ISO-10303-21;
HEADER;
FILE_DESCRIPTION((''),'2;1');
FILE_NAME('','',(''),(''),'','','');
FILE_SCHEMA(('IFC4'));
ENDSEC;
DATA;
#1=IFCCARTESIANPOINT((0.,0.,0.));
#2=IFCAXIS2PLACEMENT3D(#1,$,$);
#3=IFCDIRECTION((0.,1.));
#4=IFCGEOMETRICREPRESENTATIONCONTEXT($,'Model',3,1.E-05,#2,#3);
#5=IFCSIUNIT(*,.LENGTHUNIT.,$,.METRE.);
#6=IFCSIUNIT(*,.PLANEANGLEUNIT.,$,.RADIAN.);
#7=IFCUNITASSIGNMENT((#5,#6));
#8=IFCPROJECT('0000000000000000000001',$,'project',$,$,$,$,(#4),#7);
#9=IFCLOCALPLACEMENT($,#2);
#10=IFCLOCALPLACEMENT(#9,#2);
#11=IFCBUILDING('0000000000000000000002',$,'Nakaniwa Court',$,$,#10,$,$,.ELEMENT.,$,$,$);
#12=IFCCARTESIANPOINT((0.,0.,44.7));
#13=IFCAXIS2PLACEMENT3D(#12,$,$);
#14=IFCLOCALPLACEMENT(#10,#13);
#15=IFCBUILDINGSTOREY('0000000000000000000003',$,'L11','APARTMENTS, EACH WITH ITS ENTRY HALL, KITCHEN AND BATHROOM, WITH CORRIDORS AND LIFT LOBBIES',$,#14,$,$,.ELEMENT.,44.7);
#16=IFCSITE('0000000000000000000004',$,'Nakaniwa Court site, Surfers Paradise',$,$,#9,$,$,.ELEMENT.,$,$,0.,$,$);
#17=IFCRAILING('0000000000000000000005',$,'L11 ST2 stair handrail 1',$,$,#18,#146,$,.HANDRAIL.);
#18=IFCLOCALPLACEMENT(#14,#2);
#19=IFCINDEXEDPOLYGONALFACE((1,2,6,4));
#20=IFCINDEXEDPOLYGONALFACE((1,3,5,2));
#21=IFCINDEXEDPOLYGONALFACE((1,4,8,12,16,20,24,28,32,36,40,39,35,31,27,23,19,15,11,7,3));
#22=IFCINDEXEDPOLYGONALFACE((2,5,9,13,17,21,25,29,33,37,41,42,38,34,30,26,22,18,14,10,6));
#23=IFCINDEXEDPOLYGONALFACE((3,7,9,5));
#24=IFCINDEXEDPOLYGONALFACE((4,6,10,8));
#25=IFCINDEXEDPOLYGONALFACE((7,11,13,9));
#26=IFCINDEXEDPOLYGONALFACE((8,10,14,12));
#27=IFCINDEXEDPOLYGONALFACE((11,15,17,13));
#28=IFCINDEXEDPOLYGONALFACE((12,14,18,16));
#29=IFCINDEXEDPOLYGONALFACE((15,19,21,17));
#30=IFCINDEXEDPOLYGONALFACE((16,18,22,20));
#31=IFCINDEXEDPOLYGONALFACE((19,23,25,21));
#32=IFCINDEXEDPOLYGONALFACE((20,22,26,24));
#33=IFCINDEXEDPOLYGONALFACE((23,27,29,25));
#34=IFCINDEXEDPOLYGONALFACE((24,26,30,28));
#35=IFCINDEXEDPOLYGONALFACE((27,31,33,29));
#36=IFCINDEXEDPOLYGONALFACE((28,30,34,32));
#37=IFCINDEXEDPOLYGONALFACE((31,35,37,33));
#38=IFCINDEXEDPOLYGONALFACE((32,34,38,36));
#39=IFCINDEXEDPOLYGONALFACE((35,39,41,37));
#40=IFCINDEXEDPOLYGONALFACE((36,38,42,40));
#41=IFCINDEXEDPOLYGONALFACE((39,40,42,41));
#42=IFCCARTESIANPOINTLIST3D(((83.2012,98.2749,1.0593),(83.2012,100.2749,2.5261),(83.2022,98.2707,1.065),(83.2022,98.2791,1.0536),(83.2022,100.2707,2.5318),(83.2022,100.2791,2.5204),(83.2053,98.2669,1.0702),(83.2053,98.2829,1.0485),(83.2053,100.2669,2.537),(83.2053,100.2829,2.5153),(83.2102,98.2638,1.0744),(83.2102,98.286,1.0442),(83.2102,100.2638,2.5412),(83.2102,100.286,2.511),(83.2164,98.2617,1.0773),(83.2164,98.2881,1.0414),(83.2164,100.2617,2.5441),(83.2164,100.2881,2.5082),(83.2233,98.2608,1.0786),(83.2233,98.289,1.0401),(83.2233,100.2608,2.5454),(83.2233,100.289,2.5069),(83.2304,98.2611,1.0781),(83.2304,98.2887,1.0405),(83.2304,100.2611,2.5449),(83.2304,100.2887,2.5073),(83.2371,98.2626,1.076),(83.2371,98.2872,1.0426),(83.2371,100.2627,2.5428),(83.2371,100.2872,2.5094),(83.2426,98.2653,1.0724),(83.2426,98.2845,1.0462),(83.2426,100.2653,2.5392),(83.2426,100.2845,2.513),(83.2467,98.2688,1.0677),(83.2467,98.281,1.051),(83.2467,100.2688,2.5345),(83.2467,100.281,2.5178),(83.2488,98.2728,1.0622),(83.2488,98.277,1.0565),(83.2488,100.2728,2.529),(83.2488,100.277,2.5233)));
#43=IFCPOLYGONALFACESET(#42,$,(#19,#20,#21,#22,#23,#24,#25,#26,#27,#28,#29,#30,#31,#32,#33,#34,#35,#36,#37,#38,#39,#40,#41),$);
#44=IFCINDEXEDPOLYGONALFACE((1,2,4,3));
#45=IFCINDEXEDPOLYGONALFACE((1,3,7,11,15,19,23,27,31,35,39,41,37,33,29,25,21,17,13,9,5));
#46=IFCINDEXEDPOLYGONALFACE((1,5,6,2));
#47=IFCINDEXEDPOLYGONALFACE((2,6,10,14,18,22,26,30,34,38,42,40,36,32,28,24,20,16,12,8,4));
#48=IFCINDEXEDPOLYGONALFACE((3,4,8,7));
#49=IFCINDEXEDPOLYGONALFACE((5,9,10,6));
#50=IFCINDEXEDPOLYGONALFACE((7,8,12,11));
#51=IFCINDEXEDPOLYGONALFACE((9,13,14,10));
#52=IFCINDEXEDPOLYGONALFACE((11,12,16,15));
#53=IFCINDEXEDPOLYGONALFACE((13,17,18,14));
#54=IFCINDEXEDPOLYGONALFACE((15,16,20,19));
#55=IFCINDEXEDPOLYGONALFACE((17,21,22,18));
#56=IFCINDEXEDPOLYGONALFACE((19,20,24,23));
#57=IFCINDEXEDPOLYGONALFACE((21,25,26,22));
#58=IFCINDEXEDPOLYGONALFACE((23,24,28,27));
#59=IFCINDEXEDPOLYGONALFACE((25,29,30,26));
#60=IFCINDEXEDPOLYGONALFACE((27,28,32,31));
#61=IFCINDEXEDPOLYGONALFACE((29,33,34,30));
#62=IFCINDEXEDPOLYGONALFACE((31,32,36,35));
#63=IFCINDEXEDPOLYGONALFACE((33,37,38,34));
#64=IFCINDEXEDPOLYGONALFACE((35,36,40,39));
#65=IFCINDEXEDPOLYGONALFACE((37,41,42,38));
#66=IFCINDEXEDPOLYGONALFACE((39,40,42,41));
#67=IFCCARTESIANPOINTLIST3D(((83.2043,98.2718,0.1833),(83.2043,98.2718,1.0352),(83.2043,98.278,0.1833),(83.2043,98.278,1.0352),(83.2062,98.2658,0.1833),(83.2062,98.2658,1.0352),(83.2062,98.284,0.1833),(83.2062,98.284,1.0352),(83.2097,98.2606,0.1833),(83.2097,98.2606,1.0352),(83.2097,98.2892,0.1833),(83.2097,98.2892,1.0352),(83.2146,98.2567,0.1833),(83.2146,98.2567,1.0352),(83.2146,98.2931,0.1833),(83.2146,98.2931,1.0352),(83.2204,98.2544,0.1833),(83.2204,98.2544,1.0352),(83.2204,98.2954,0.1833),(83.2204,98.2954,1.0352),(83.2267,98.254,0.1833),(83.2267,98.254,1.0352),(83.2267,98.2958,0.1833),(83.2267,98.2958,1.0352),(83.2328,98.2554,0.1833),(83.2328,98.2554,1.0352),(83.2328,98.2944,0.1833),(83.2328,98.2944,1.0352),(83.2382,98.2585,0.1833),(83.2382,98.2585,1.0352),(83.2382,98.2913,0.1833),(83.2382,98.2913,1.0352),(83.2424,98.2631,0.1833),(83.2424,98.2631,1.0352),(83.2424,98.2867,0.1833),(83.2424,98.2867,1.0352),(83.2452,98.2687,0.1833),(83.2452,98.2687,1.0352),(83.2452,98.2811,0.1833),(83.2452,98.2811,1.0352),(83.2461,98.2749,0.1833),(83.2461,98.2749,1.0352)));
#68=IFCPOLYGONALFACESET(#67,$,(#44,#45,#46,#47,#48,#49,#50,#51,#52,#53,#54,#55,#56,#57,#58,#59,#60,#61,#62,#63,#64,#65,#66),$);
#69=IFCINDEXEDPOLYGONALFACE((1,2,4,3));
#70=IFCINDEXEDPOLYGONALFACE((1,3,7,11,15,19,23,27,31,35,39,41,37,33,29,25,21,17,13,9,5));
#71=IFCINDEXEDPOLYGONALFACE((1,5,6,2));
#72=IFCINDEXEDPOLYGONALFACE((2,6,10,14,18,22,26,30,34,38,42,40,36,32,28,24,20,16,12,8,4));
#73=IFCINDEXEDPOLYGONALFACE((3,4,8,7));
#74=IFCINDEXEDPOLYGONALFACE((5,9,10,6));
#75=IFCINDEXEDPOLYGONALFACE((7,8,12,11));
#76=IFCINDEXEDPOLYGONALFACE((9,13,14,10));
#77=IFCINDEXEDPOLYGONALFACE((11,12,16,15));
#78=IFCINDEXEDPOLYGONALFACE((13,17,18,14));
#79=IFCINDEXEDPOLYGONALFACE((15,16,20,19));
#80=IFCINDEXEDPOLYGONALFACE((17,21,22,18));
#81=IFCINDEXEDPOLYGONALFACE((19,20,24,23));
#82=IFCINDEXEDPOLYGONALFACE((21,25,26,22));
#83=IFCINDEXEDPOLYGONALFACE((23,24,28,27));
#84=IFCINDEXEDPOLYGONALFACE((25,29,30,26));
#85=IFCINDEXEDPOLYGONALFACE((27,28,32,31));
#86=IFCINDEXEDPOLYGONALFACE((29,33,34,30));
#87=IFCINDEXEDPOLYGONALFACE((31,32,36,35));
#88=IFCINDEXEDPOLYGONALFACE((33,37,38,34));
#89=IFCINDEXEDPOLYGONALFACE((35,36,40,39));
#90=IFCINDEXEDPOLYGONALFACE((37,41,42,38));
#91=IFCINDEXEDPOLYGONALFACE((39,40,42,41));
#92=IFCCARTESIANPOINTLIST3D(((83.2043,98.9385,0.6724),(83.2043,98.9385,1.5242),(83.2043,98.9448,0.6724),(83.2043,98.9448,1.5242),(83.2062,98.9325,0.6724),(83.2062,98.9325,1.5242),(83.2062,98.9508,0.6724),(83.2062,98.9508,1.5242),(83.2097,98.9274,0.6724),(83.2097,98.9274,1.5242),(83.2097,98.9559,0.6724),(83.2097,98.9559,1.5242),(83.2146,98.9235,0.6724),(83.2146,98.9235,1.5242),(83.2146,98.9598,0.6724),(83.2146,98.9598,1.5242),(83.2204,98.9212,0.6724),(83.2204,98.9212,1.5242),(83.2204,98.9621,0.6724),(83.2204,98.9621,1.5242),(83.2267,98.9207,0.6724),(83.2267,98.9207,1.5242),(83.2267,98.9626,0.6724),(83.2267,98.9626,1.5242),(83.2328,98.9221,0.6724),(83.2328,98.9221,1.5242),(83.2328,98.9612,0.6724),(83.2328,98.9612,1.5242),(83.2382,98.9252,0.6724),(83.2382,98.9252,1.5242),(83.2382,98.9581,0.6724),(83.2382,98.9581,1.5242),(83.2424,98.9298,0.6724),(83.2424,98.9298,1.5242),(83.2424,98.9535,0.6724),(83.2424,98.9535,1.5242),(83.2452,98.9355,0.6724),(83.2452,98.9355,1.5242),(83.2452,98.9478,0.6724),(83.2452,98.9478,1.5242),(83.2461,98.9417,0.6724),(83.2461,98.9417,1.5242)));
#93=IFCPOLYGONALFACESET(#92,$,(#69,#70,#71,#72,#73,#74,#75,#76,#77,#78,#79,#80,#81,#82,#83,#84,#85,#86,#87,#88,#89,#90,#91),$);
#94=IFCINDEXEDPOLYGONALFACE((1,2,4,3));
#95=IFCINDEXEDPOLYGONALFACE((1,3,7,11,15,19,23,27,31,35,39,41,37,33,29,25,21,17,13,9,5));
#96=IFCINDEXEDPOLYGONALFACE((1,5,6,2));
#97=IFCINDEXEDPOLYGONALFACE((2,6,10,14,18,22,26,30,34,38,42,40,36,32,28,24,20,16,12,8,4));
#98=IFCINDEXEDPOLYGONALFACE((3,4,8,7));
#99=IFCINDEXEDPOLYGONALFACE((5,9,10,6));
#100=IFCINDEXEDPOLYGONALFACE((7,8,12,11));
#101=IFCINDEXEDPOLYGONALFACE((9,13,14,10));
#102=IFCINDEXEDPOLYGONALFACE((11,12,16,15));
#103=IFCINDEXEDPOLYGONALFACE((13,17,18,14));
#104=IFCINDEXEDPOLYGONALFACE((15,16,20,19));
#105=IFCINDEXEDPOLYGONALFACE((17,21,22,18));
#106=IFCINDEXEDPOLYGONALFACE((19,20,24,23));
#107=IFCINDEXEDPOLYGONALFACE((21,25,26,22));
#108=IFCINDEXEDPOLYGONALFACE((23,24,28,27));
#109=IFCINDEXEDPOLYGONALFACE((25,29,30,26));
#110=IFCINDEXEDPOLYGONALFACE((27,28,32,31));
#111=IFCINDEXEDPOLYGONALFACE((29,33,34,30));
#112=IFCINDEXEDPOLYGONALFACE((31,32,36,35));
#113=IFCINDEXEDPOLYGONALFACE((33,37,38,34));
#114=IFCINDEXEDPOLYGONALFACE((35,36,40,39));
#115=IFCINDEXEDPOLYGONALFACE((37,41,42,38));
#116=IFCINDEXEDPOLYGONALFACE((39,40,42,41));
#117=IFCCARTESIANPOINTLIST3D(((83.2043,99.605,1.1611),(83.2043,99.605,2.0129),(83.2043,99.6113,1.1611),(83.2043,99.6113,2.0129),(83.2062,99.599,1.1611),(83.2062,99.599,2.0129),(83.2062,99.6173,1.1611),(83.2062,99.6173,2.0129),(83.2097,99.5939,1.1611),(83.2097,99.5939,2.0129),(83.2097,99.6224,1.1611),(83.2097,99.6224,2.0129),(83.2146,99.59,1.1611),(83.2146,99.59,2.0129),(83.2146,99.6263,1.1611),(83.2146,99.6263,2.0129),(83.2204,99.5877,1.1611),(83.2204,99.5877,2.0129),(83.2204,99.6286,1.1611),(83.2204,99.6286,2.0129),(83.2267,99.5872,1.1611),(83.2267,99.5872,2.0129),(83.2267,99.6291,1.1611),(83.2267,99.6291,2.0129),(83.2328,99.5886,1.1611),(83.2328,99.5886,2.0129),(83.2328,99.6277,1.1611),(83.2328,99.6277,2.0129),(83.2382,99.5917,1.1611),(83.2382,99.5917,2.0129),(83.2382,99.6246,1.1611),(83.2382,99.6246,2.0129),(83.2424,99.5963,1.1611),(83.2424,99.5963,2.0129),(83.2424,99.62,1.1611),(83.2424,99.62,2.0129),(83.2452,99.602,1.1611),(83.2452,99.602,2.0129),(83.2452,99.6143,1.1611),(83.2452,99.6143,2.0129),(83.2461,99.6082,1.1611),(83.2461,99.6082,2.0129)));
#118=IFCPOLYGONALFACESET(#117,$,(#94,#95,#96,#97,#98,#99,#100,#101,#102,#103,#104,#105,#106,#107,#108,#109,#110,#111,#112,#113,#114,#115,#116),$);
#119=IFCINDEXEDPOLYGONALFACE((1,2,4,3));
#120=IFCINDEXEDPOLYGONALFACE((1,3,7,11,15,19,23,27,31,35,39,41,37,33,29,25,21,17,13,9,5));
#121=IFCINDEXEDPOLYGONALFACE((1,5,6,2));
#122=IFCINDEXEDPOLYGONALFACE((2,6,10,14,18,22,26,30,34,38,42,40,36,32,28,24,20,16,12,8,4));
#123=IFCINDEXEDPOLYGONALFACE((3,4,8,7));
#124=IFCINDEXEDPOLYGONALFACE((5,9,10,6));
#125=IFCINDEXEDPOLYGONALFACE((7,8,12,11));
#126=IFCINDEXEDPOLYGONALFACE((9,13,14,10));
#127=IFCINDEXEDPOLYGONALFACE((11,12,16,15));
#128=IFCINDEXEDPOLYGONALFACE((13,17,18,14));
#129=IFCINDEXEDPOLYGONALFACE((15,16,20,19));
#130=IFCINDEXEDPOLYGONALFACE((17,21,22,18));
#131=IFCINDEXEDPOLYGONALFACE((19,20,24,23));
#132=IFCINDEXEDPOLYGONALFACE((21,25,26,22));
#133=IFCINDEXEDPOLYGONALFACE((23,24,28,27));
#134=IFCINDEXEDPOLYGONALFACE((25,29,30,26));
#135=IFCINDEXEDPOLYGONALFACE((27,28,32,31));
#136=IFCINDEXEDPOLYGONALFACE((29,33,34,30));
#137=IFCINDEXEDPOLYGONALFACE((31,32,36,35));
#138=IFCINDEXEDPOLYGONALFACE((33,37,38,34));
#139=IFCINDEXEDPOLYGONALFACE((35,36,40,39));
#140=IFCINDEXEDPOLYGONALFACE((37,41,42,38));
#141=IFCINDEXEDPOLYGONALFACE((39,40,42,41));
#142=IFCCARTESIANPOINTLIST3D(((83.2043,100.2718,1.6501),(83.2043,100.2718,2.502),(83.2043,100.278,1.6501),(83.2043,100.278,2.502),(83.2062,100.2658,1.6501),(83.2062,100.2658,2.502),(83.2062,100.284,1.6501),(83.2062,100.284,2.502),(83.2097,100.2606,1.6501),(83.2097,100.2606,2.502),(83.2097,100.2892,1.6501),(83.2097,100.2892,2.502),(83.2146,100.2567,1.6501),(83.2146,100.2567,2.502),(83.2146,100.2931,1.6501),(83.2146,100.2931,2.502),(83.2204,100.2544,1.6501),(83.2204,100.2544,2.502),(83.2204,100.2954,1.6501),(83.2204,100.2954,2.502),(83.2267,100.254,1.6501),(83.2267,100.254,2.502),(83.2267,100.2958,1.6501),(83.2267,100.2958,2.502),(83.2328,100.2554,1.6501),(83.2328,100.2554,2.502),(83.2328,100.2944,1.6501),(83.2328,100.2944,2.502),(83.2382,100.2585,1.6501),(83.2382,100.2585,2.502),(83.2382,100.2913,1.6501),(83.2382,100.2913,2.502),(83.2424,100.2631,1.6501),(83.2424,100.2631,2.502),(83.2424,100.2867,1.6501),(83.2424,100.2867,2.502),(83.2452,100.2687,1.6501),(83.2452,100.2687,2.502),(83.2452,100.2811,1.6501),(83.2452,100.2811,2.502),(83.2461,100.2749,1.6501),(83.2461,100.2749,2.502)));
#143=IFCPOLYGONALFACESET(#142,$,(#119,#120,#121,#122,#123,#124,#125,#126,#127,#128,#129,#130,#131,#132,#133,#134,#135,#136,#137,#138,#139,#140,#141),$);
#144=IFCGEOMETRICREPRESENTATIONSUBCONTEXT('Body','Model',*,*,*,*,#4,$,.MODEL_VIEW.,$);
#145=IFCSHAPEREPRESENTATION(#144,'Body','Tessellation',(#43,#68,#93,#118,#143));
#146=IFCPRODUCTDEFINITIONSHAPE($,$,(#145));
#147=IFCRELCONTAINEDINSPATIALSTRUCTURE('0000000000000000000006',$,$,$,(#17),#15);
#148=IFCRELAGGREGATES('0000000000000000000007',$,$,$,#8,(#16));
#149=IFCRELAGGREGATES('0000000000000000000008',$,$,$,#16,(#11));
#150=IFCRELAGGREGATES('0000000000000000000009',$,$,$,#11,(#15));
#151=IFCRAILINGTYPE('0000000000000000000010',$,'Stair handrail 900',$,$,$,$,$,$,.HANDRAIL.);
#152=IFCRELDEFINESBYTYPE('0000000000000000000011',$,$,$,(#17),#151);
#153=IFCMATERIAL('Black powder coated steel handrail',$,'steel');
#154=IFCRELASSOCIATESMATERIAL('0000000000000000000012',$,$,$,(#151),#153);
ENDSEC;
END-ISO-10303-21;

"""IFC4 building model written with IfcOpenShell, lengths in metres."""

from ifc_helpers import new_model, si_unit, direction, frame, origin, origin_2d, place, context, subcontext, project, spatial, circle, extrude, material, type_object, element, save


model = new_model("IFC4")

# Units and contexts
model_context = context("Model", 3, precision=1e-05, world=origin(), true_north=direction((0.0, 1.0)))
body_context = subcontext(model_context, "Body", "Model", "MODEL_VIEW")
ifc_project = project(units=[si_unit("LENGTHUNIT", "METRE"), si_unit("PLANEANGLEUNIT", "RADIAN")], contexts=[model_context])

# Site, building, storey
site_placement = place(None, origin())
site = spatial("IfcSite", under=ifc_project, at=site_placement, Name="Nakaniwa Court site, Surfers Paradise", CompositionType="ELEMENT", RefElevation=0.0)
building_placement = place(site_placement, origin())
building = spatial("IfcBuilding", under=site, at=building_placement, Name="Nakaniwa Court", CompositionType="ELEMENT")
storey_placement = place(building_placement, frame((0.0, 0.0, 44.7)))
storey = spatial("IfcBuildingStorey", under=building, at=storey_placement, Name="L11", Description="APARTMENTS, EACH WITH ITS ENTRY HALL, KITCHEN AND BATHROOM, WITH CORRIDORS AND LIFT LOBBIES", CompositionType="ELEMENT", Elevation=44.7)

# Railing
ifc_material_1 = material(Name="Black powder coated steel handrail", Category="steel")
railing_type_1 = type_object("IfcRailingType", Name="Stair handrail 900", PredefinedType="HANDRAIL", material=ifc_material_1)
railing_1_placement = place(storey_placement, frame((83.2251, 98.2749, 0.1833)))
element("IfcRailing", 1, at=railing_1_placement, inside=storey, type_object=railing_type_1, Name="L11 ST2 stair handrail 1", PredefinedType="HANDRAIL", context=body_context, shape_type="SweptSolid", body=[
    extrude(circle(Radius=0.0239, at=origin_2d()), frame((0.0, 0.0, 0.876), z_axis=(0.0, 0.80638, 0.591398), x_axis=(-1.0, 0.0, 0.0)), (0.0, 0.0, 1.0), 2.4802),
    extrude(circle(Radius=0.021, at=origin_2d()), origin(), (0.0, 0.0, 1.0), 0.8518),
    extrude(circle(Radius=0.021, at=origin_2d()), frame((0.0, 0.6667, 0.489)), (0.0, 0.0, 1.0), 0.8518),
    extrude(circle(Radius=0.021, at=origin_2d()), frame((0.0, 1.3333, 0.9778)), (0.0, 0.0, 1.0), 0.8518),
    extrude(circle(Radius=0.021, at=origin_2d()), frame((0.0, 2.0, 1.4668)), (0.0, 0.0, 1.0), 0.8518),
])

save(model, "model.ifc")
